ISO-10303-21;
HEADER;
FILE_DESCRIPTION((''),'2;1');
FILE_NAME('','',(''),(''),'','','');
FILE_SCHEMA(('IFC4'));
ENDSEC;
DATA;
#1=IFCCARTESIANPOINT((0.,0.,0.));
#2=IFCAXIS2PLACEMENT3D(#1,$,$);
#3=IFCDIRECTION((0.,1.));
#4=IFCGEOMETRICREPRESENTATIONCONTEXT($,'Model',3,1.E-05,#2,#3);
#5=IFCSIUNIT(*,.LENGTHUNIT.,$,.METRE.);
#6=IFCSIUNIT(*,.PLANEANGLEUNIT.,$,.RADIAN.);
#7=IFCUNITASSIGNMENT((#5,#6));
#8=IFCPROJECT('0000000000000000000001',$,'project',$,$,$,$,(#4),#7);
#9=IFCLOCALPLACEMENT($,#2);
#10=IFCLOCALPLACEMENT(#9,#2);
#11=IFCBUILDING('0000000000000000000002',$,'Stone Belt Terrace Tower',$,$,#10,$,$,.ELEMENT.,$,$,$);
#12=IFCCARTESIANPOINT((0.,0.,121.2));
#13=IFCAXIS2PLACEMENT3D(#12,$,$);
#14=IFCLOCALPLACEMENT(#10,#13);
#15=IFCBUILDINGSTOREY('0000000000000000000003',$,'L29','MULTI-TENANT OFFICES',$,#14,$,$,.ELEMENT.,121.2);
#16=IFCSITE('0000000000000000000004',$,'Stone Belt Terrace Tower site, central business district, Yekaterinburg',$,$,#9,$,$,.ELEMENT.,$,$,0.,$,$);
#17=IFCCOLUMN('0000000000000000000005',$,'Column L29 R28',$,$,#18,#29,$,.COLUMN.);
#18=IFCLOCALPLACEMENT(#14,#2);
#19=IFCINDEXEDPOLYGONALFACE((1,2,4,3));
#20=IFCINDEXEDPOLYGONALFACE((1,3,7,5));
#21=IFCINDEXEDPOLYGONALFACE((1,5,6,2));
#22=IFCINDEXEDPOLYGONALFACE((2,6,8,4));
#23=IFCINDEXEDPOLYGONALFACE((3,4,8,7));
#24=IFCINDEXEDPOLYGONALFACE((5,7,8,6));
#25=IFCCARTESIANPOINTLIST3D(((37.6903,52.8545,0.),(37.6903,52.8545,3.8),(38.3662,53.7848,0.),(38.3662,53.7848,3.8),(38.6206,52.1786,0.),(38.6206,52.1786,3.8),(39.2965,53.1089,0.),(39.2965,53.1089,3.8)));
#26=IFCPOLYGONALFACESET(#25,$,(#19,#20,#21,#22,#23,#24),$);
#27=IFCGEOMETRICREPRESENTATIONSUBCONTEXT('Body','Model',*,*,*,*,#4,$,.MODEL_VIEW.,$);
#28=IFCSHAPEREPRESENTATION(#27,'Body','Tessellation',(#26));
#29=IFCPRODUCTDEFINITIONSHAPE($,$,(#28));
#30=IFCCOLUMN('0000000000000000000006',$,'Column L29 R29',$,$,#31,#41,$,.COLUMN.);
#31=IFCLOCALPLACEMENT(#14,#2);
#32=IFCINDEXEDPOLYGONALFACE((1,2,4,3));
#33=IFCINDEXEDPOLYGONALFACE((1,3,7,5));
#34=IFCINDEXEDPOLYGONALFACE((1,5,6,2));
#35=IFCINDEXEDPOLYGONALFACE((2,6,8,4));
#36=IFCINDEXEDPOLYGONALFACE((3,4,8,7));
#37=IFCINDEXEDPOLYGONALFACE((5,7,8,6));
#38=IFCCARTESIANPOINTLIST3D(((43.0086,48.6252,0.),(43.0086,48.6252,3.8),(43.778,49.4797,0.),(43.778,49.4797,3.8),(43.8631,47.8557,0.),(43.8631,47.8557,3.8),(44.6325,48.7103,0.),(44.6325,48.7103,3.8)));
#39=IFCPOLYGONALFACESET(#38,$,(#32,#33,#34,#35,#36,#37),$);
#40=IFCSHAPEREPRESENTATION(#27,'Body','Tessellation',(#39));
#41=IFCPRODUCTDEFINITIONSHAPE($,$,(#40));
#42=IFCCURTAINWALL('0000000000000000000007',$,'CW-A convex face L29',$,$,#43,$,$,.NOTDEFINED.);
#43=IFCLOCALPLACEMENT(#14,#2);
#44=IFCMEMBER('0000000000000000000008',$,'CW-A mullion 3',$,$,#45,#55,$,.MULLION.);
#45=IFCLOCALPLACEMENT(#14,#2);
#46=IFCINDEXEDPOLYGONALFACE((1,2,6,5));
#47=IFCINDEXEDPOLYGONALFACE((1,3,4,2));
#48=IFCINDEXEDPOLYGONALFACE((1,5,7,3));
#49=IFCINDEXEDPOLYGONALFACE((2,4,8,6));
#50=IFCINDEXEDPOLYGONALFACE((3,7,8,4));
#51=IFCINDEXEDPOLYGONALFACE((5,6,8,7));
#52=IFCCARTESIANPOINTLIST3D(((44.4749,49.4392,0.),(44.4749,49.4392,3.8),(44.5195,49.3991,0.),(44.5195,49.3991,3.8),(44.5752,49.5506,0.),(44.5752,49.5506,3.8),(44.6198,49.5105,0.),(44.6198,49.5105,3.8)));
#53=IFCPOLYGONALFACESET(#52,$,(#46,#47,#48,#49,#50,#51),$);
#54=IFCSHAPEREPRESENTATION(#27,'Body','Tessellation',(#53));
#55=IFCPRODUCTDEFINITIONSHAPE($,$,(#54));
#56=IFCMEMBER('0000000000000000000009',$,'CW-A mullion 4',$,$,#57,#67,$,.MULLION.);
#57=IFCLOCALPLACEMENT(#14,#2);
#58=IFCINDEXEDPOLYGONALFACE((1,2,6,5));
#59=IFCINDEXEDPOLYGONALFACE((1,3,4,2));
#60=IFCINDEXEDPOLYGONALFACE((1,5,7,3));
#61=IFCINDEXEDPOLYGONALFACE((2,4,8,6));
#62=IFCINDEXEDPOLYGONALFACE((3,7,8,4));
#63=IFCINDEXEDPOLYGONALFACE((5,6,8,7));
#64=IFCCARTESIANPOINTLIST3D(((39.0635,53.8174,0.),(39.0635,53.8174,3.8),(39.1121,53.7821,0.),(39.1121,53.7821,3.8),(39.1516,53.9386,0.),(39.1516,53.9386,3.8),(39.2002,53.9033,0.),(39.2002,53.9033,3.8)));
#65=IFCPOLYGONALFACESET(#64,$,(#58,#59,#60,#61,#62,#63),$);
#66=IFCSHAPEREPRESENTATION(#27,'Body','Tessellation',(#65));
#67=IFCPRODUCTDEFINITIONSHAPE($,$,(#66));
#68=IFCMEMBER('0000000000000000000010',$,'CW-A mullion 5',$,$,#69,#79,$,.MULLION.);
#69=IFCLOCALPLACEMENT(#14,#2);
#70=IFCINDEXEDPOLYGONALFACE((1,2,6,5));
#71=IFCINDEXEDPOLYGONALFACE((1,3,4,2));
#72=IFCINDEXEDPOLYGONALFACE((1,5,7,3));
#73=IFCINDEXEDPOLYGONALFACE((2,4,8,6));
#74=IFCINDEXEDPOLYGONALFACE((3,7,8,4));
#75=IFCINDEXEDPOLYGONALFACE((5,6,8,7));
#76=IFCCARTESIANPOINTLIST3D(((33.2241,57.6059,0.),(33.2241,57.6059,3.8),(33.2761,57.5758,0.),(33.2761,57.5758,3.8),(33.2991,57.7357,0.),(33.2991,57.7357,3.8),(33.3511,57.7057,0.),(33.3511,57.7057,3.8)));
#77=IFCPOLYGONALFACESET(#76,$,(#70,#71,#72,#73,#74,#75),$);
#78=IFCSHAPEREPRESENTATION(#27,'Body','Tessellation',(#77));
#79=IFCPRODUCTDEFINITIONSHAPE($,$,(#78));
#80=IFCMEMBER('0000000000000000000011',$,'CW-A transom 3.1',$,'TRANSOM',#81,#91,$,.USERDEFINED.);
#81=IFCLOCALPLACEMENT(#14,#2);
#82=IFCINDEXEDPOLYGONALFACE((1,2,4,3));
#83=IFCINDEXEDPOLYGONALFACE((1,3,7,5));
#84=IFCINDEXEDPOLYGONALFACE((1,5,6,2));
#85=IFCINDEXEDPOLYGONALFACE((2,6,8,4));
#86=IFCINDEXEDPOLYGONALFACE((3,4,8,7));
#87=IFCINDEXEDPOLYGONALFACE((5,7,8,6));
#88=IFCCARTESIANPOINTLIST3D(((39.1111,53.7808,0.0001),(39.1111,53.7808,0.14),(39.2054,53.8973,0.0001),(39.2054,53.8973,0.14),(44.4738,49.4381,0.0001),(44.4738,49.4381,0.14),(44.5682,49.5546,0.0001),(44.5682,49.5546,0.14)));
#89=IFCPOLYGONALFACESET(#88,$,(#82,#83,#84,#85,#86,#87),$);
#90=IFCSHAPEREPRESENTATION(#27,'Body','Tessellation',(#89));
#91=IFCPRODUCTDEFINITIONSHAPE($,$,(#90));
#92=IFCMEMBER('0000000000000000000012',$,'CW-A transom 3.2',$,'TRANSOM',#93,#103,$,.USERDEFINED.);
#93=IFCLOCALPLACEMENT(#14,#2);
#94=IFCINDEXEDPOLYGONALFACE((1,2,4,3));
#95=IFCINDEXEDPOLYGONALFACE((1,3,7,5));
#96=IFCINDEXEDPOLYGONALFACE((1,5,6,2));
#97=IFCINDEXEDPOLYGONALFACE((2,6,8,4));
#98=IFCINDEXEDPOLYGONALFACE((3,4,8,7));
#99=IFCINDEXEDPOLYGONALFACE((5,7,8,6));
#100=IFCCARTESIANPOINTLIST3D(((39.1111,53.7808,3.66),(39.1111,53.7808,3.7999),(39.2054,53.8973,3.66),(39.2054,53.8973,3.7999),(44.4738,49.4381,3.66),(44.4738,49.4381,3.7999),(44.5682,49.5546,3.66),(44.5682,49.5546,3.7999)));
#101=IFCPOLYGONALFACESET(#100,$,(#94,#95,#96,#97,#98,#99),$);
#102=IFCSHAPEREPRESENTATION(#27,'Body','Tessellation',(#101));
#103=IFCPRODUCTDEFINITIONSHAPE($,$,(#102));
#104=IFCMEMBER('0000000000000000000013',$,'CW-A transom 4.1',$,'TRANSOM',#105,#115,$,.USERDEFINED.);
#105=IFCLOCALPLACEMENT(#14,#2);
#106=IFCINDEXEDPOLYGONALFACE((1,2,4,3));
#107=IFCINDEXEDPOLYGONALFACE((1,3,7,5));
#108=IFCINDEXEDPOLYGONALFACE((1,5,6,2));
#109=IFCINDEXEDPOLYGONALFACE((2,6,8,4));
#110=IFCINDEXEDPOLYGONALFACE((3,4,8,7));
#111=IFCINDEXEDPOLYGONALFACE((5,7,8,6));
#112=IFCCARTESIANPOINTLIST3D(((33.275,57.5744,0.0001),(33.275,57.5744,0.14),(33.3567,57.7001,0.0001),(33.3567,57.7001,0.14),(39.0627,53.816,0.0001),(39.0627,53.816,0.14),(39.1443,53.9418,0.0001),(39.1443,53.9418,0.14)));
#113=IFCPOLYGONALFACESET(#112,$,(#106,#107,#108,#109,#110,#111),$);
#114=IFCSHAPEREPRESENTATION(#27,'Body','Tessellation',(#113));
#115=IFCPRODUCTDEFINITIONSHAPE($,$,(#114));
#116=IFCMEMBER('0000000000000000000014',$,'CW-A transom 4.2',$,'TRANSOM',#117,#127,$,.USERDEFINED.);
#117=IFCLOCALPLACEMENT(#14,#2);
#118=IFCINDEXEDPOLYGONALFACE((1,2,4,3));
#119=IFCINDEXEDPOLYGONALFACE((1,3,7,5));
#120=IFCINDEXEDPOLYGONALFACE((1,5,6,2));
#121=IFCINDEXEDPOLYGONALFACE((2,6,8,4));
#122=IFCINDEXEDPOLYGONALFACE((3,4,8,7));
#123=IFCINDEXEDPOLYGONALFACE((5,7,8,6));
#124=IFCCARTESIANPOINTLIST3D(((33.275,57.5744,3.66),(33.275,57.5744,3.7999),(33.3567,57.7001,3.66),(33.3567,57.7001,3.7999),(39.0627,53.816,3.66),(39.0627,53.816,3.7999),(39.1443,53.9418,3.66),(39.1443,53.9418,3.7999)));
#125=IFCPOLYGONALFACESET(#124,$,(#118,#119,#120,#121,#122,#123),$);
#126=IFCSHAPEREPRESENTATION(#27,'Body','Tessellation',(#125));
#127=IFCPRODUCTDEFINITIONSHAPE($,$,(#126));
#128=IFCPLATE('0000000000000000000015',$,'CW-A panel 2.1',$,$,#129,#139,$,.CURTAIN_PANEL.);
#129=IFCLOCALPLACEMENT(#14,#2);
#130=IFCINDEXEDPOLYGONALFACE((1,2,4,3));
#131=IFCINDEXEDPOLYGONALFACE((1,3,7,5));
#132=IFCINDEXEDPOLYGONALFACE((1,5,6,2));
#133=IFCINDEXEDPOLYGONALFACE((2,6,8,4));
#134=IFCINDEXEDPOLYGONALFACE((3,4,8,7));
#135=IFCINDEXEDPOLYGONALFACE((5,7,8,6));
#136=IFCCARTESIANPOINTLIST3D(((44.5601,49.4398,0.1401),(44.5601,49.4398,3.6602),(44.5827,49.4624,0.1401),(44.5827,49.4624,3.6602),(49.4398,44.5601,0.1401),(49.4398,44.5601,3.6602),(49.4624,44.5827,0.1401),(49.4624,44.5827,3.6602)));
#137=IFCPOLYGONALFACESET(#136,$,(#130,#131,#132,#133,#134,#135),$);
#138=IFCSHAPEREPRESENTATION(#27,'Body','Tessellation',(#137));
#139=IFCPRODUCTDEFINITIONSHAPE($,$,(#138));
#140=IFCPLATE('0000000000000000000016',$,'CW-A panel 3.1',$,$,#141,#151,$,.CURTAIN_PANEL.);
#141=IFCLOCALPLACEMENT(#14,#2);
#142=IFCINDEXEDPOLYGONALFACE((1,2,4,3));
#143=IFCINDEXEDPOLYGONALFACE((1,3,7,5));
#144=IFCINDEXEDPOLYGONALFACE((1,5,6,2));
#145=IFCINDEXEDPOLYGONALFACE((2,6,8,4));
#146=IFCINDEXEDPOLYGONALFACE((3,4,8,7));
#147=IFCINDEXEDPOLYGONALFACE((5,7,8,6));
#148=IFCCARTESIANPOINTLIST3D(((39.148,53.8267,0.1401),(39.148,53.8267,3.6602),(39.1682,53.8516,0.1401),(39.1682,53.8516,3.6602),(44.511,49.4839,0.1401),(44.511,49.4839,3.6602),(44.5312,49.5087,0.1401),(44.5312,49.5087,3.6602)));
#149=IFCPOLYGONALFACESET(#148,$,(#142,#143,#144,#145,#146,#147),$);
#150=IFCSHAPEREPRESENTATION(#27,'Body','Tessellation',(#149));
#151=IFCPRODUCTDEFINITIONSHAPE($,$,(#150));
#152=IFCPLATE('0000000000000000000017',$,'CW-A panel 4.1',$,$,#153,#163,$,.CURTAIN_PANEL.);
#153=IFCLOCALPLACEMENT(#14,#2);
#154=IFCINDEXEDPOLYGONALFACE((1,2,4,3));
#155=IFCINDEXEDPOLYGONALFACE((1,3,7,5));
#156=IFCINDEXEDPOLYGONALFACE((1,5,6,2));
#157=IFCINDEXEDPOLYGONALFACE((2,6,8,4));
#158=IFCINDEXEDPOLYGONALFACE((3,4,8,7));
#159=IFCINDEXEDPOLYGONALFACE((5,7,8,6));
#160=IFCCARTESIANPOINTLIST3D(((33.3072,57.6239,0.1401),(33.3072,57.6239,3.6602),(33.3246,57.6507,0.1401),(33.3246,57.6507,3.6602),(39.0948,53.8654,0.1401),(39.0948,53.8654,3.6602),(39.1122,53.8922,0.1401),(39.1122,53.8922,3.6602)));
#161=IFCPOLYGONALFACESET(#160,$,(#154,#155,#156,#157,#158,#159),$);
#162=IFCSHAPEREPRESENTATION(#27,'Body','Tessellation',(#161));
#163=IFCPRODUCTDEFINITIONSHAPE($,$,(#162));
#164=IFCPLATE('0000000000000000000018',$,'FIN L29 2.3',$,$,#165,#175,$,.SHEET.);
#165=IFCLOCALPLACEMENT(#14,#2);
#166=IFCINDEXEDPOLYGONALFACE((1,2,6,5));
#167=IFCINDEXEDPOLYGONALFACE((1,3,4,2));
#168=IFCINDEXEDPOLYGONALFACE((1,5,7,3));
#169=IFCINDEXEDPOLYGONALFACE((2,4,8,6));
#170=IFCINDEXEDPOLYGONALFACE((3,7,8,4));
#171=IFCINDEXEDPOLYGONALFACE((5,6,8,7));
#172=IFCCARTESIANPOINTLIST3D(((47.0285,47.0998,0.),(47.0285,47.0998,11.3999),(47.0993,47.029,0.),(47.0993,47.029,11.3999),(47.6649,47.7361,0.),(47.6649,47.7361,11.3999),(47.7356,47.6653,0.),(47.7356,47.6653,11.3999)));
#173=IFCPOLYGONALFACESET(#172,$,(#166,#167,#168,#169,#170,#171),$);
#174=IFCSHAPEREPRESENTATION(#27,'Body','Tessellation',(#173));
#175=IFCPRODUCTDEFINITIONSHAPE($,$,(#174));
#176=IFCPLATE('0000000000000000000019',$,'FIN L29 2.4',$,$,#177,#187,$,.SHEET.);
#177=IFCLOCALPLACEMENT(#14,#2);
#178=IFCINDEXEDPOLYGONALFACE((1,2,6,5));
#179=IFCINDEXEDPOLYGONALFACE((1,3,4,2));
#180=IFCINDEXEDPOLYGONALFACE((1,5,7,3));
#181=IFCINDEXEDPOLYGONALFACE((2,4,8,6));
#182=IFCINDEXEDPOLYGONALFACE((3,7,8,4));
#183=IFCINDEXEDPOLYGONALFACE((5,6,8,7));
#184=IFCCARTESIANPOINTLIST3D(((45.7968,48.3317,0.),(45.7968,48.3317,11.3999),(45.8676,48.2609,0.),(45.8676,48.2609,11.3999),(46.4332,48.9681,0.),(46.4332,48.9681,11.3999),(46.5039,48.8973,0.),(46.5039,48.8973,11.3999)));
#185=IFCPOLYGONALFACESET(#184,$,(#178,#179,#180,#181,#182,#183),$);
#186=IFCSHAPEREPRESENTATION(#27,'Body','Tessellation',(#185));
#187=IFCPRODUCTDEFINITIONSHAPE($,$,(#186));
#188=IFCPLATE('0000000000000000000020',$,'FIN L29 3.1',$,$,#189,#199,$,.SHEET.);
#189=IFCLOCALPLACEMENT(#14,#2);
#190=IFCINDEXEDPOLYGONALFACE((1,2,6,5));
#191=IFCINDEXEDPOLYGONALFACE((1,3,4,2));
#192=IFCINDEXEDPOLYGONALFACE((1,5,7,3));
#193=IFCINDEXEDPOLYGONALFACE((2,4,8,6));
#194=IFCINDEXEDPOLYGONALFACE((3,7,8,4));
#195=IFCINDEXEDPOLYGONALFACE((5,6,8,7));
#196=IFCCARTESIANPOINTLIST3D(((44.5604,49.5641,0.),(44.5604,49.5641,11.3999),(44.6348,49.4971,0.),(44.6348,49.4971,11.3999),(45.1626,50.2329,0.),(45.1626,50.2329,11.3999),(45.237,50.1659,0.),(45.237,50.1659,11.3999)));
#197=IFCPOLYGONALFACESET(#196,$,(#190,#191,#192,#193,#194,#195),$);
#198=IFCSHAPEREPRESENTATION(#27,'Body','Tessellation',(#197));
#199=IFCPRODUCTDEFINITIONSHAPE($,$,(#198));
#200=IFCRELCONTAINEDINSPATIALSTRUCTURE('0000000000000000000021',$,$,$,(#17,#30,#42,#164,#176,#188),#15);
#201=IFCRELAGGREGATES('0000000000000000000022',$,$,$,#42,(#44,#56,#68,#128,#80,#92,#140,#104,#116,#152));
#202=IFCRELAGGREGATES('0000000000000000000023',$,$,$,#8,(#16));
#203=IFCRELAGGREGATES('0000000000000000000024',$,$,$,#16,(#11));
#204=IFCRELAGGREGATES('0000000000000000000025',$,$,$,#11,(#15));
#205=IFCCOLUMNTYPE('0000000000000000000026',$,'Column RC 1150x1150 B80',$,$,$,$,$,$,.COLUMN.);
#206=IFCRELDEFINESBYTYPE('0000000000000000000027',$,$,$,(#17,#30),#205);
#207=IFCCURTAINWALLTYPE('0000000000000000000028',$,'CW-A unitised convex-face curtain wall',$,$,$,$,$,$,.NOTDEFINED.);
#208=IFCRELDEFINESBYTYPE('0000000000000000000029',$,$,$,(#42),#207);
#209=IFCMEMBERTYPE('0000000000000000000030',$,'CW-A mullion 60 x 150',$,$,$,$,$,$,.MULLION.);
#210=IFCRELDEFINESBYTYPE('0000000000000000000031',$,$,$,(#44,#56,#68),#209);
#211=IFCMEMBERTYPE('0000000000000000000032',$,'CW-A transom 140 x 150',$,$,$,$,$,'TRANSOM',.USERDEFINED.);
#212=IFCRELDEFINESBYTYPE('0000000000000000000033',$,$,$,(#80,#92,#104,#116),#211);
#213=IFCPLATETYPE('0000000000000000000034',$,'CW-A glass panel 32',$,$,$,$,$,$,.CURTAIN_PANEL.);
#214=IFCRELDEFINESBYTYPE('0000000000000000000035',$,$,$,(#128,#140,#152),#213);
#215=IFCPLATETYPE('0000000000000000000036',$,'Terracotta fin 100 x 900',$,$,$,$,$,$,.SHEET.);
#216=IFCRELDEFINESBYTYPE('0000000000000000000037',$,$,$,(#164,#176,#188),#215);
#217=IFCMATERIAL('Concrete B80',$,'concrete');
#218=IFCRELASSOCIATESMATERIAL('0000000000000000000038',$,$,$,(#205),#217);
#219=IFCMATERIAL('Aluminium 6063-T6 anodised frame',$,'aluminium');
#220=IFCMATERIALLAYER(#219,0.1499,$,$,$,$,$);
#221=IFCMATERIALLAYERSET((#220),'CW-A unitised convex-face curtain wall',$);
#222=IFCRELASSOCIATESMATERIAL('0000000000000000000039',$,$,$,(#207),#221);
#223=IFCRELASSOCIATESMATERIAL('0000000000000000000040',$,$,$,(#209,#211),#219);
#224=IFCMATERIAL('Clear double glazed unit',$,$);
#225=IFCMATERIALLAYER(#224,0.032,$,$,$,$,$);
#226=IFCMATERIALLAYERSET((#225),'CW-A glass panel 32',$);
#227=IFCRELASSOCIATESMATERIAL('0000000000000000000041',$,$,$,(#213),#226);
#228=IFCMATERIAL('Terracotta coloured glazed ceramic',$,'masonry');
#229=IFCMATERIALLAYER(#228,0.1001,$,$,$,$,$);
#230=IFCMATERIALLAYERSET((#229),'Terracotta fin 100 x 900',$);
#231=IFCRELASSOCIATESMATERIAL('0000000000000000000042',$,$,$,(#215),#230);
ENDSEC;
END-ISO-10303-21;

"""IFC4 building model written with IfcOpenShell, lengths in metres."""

from ifc_helpers import new_model, si_unit, direction, frame, origin, origin_2d, place, context, subcontext, project, spatial, rectangle, extrude, material, layer, layer_set, material_profile, profile_set, type_object, element, aggregate, save


model = new_model("IFC4")

# Units and contexts
model_context = context("Model", 3, precision=1e-05, world=origin(), true_north=direction((0.0, 1.0)))
body_context = subcontext(model_context, "Body", "Model", "MODEL_VIEW")
ifc_project = project(units=[si_unit("LENGTHUNIT", "METRE"), si_unit("PLANEANGLEUNIT", "RADIAN")], contexts=[model_context])

# Site, building, storey
site_placement = place(None, origin())
site = spatial("IfcSite", under=ifc_project, at=site_placement, Name="Stone Belt Terrace Tower site, central business district, Yekaterinburg", CompositionType="ELEMENT", RefElevation=0.0)
building_placement = place(site_placement, origin())
building = spatial("IfcBuilding", under=site, at=building_placement, Name="Stone Belt Terrace Tower", CompositionType="ELEMENT")
storey_placement = place(building_placement, frame((0.0, 0.0, 121.2)))
storey = spatial("IfcBuildingStorey", under=building, at=storey_placement, Name="L29", Description="MULTI-TENANT OFFICES", CompositionType="ELEMENT", Elevation=121.2)

# Columns
ifc_material_1 = material(Name="Concrete B80", Category="concrete")
ifc_material_profile_1 = material_profile(ifc_material_1, rectangle(XDim=1.1499, YDim=1.1499, at=origin_2d()), Name="RC 1150x1150")
ifc_profile_set_1 = profile_set([ifc_material_profile_1], Name="Concrete B80")
column_type = type_object("IfcColumnType", Name="Column RC 1150x1150 B80", PredefinedType="COLUMN", material=ifc_profile_set_1)
for number, where, z_axis, x_axis, name in (
    (1, (38.4934, 52.9817, 0.0), (0.0, 0.0, 1.0), (0.809017, -0.587785, 0.0), "Column L29 R28"),
    (2, (43.8206, 48.6677, 0.0), (0.0, 0.0, 1.0), (0.743145, -0.669131, 0.0), "Column L29 R29"),
):
    element("IfcColumn", number, at=place(storey_placement, frame(where, z_axis=z_axis, x_axis=x_axis)), inside=storey, type_object=column_type, Name=name, PredefinedType="COLUMN", context=body_context, shape_type="SweptSolid", body=[
        extrude(rectangle(XDim=1.1499, YDim=1.1499, at=origin_2d()), origin(), (0.0, 0.0, 1.0), 3.8),
    ])

# Curtain wall, members, plates
ifc_material_2 = material(Name="Aluminium 6063-T6 anodised frame", Category="aluminium")
ifc_layer_1 = layer(ifc_material_2, 0.1499)
ifc_layer_set_1 = layer_set([ifc_layer_1], Name="CW-A unitised convex-face curtain wall")
curtain_wall_type = type_object("IfcCurtainWallType", Name="CW-A unitised convex-face curtain wall", PredefinedType="NOTDEFINED", material=ifc_layer_set_1)
curtain_wall_placement = place(storey_placement, origin())
curtain_wall = element("IfcCurtainWall", 3, at=curtain_wall_placement, inside=storey, type_object=curtain_wall_type, Name="CW-A convex face L29", PredefinedType="NOTDEFINED")
ifc_material_profile_2 = material_profile(ifc_material_2, rectangle(XDim=0.1499, YDim=0.0601, at=origin_2d()), Name="Aluminium 6063-T6 60x150")
ifc_profile_set_2 = profile_set([ifc_material_profile_2], Name="Aluminium 6063-T6 anodised frame")
member_type_1 = type_object("IfcMemberType", Name="CW-A mullion 60 x 150", PredefinedType="MULLION", material=ifc_profile_set_2)
member_1_placement = place(storey_placement, frame((44.5474, 49.4749, 0.0), z_axis=(0.0, 0.0, 1.0), x_axis=(-0.669131, -0.743145, 0.0)))
member_1 = element("IfcMember", 4, at=member_1_placement, type_object=member_type_1, Name="CW-A mullion 3", PredefinedType="MULLION", context=body_context, shape_type="SweptSolid", body=[
    extrude(rectangle(XDim=0.1499, YDim=0.0601, at=origin_2d()), origin(), (0.0, 0.0, 1.0), 3.8),
])
member_2_placement = place(storey_placement, frame((39.1318, 53.8604, 0.0), z_axis=(0.0, 0.0, 1.0), x_axis=(-0.587785, -0.809017, 0.0)))
member_2 = element("IfcMember", 5, at=member_2_placement, type_object=member_type_1, Name="CW-A mullion 4", PredefinedType="MULLION", context=body_context, shape_type="SweptSolid", body=[
    extrude(rectangle(XDim=0.1499, YDim=0.0601, at=origin_2d()), origin(), (0.0, 0.0, 1.0), 3.8),
])
member_3_placement = place(storey_placement, frame((33.2876, 57.6558, 0.0), z_axis=(0.0, 0.0, 1.0), x_axis=(-0.5, -0.866025, 0.0)))
member_3 = element("IfcMember", 6, at=member_3_placement, type_object=member_type_1, Name="CW-A mullion 5", PredefinedType="MULLION", context=body_context, shape_type="SweptSolid", body=[
    extrude(rectangle(XDim=0.1499, YDim=0.0601, at=origin_2d()), origin(), (0.0, 0.0, 1.0), 3.8),
])
ifc_material_profile_3 = material_profile(ifc_material_2, rectangle(XDim=0.1499, YDim=0.1399, at=origin_2d()), Name="Aluminium 6063-T6 150x140")
ifc_profile_set_3 = profile_set([ifc_material_profile_3], Name="Aluminium 6063-T6 anodised frame")
member_type_2 = type_object("IfcMemberType", Name="CW-A transom 140 x 150", ElementType="TRANSOM", PredefinedType="USERDEFINED", material=ifc_profile_set_3)
member_4_placement = place(storey_placement, frame((44.521, 49.4963, 0.0701), z_axis=(-0.777141, 0.629326, 0.0), x_axis=(-0.629326, -0.777141, 0.0)))
member_4 = element("IfcMember", 7, at=member_4_placement, type_object=member_type_2, Name="CW-A transom 3.1", ObjectType="TRANSOM", PredefinedType="USERDEFINED", context=body_context, shape_type="SweptSolid", body=[
    extrude(rectangle(XDim=0.1499, YDim=0.1399, at=origin_2d()), origin(), (0.0, 0.0, 1.0), 6.9006),
])
member_5_placement = place(storey_placement, frame((44.521, 49.4963, 3.73), z_axis=(-0.777141, 0.629326, 0.0), x_axis=(-0.629326, -0.777141, 0.0)))
member_5 = element("IfcMember", 8, at=member_5_placement, type_object=member_type_2, Name="CW-A transom 3.2", ObjectType="TRANSOM", PredefinedType="USERDEFINED", context=body_context, shape_type="SweptSolid", body=[
    extrude(rectangle(XDim=0.1499, YDim=0.1399, at=origin_2d()), origin(), (0.0, 0.0, 1.0), 6.9006),
])
member_6_placement = place(storey_placement, frame((39.1035, 53.8789, 0.0701), z_axis=(-0.838684, 0.544618, 0.0), x_axis=(-0.544618, -0.838684, 0.0)))
member_6 = element("IfcMember", 9, at=member_6_placement, type_object=member_type_2, Name="CW-A transom 4.1", ObjectType="TRANSOM", PredefinedType="USERDEFINED", context=body_context, shape_type="SweptSolid", body=[
    extrude(rectangle(XDim=0.1499, YDim=0.1399, at=origin_2d()), origin(), (0.0, 0.0, 1.0), 6.9009),
])
member_7_placement = place(storey_placement, frame((39.1035, 53.8789, 3.73), z_axis=(-0.838684, 0.544618, 0.0), x_axis=(-0.544618, -0.838684, 0.0)))
member_7 = element("IfcMember", 10, at=member_7_placement, type_object=member_type_2, Name="CW-A transom 4.2", ObjectType="TRANSOM", PredefinedType="USERDEFINED", context=body_context, shape_type="SweptSolid", body=[
    extrude(rectangle(XDim=0.1499, YDim=0.1399, at=origin_2d()), origin(), (0.0, 0.0, 1.0), 6.9009),
])
ifc_material_3 = material(Name="Clear double glazed unit")
ifc_layer_2 = layer(ifc_material_3, 0.032)
ifc_layer_set_2 = layer_set([ifc_layer_2], Name="CW-A glass panel 32")
plate_type_1 = type_object("IfcPlateType", Name="CW-A glass panel 32", PredefinedType="CURTAIN_PANEL", material=ifc_layer_set_2)
plate_1_placement = place(storey_placement, frame((47.0112, 47.0112, 0.1401), z_axis=(0.0, 0.0, 1.0), x_axis=(-0.707107, 0.707107, 0.0)))
plate_1 = element("IfcPlate", 11, at=plate_1_placement, type_object=plate_type_1, Name="CW-A panel 2.1", PredefinedType="CURTAIN_PANEL", context=body_context, shape_type="SweptSolid", body=[
    extrude(rectangle(XDim=6.9009, YDim=0.032, at=origin_2d()), origin(), (0.0, 0.0, 1.0), 3.52),
])
plate_2_placement = place(storey_placement, frame((41.8396, 51.6677, 0.1401), z_axis=(0.0, 0.0, 1.0), x_axis=(-0.777146, 0.62932, 0.0)))
plate_2 = element("IfcPlate", 12, at=plate_2_placement, type_object=plate_type_1, Name="CW-A panel 3.1", PredefinedType="CURTAIN_PANEL", context=body_context, shape_type="SweptSolid", body=[
    extrude(rectangle(XDim=6.9009, YDim=0.032, at=origin_2d()), origin(), (0.0, 0.0, 1.0), 3.52),
])
plate_3_placement = place(storey_placement, frame((36.2097, 55.7581, 0.1401), z_axis=(0.0, 0.0, 1.0), x_axis=(-0.838671, 0.544639, 0.0)))
plate_3 = element("IfcPlate", 13, at=plate_3_placement, type_object=plate_type_1, Name="CW-A panel 4.1", PredefinedType="CURTAIN_PANEL", context=body_context, shape_type="SweptSolid", body=[
    extrude(rectangle(XDim=6.9009, YDim=0.032, at=origin_2d()), origin(), (0.0, 0.0, 1.0), 3.52),
])
aggregate(curtain_wall, [member_1, member_2, member_3, plate_1, member_4, member_5, plate_2, member_6, member_7, plate_3])

# Plates
ifc_material_4 = material(Name="Terracotta coloured glazed ceramic", Category="masonry")
ifc_layer_3 = layer(ifc_material_4, 0.1001)
ifc_layer_set_3 = layer_set([ifc_layer_3], Name="Terracotta fin 100 x 900")
plate_type_2 = type_object("IfcPlateType", Name="Terracotta fin 100 x 900", PredefinedType="SHEET", material=ifc_layer_set_3)
for number, where, z_axis, x_axis, name in (
    (14, (47.3821, 47.3826, 0.0), (0.0, 0.0, 1.0), (0.707107, 0.707107, 0.0), "FIN L29 2.3"),
    (15, (46.1504, 48.6145, 0.0), (0.0, 0.0, 1.0), (0.707107, 0.707107, 0.0), "FIN L29 2.4"),
    (16, (44.8987, 49.865, 0.0), (0.0, 0.0, 1.0), (0.669131, 0.743145, 0.0), "FIN L29 3.1"),
):
    element("IfcPlate", number, at=place(storey_placement, frame(where, z_axis=z_axis, x_axis=x_axis)), inside=storey, type_object=plate_type_2, Name=name, PredefinedType="SHEET", context=body_context, shape_type="SweptSolid", body=[
        extrude(rectangle(XDim=0.8999, YDim=0.1001, at=origin_2d()), origin(), (0.0, 0.0, 1.0), 11.3999),
    ])

save(model, "model.ifc")
